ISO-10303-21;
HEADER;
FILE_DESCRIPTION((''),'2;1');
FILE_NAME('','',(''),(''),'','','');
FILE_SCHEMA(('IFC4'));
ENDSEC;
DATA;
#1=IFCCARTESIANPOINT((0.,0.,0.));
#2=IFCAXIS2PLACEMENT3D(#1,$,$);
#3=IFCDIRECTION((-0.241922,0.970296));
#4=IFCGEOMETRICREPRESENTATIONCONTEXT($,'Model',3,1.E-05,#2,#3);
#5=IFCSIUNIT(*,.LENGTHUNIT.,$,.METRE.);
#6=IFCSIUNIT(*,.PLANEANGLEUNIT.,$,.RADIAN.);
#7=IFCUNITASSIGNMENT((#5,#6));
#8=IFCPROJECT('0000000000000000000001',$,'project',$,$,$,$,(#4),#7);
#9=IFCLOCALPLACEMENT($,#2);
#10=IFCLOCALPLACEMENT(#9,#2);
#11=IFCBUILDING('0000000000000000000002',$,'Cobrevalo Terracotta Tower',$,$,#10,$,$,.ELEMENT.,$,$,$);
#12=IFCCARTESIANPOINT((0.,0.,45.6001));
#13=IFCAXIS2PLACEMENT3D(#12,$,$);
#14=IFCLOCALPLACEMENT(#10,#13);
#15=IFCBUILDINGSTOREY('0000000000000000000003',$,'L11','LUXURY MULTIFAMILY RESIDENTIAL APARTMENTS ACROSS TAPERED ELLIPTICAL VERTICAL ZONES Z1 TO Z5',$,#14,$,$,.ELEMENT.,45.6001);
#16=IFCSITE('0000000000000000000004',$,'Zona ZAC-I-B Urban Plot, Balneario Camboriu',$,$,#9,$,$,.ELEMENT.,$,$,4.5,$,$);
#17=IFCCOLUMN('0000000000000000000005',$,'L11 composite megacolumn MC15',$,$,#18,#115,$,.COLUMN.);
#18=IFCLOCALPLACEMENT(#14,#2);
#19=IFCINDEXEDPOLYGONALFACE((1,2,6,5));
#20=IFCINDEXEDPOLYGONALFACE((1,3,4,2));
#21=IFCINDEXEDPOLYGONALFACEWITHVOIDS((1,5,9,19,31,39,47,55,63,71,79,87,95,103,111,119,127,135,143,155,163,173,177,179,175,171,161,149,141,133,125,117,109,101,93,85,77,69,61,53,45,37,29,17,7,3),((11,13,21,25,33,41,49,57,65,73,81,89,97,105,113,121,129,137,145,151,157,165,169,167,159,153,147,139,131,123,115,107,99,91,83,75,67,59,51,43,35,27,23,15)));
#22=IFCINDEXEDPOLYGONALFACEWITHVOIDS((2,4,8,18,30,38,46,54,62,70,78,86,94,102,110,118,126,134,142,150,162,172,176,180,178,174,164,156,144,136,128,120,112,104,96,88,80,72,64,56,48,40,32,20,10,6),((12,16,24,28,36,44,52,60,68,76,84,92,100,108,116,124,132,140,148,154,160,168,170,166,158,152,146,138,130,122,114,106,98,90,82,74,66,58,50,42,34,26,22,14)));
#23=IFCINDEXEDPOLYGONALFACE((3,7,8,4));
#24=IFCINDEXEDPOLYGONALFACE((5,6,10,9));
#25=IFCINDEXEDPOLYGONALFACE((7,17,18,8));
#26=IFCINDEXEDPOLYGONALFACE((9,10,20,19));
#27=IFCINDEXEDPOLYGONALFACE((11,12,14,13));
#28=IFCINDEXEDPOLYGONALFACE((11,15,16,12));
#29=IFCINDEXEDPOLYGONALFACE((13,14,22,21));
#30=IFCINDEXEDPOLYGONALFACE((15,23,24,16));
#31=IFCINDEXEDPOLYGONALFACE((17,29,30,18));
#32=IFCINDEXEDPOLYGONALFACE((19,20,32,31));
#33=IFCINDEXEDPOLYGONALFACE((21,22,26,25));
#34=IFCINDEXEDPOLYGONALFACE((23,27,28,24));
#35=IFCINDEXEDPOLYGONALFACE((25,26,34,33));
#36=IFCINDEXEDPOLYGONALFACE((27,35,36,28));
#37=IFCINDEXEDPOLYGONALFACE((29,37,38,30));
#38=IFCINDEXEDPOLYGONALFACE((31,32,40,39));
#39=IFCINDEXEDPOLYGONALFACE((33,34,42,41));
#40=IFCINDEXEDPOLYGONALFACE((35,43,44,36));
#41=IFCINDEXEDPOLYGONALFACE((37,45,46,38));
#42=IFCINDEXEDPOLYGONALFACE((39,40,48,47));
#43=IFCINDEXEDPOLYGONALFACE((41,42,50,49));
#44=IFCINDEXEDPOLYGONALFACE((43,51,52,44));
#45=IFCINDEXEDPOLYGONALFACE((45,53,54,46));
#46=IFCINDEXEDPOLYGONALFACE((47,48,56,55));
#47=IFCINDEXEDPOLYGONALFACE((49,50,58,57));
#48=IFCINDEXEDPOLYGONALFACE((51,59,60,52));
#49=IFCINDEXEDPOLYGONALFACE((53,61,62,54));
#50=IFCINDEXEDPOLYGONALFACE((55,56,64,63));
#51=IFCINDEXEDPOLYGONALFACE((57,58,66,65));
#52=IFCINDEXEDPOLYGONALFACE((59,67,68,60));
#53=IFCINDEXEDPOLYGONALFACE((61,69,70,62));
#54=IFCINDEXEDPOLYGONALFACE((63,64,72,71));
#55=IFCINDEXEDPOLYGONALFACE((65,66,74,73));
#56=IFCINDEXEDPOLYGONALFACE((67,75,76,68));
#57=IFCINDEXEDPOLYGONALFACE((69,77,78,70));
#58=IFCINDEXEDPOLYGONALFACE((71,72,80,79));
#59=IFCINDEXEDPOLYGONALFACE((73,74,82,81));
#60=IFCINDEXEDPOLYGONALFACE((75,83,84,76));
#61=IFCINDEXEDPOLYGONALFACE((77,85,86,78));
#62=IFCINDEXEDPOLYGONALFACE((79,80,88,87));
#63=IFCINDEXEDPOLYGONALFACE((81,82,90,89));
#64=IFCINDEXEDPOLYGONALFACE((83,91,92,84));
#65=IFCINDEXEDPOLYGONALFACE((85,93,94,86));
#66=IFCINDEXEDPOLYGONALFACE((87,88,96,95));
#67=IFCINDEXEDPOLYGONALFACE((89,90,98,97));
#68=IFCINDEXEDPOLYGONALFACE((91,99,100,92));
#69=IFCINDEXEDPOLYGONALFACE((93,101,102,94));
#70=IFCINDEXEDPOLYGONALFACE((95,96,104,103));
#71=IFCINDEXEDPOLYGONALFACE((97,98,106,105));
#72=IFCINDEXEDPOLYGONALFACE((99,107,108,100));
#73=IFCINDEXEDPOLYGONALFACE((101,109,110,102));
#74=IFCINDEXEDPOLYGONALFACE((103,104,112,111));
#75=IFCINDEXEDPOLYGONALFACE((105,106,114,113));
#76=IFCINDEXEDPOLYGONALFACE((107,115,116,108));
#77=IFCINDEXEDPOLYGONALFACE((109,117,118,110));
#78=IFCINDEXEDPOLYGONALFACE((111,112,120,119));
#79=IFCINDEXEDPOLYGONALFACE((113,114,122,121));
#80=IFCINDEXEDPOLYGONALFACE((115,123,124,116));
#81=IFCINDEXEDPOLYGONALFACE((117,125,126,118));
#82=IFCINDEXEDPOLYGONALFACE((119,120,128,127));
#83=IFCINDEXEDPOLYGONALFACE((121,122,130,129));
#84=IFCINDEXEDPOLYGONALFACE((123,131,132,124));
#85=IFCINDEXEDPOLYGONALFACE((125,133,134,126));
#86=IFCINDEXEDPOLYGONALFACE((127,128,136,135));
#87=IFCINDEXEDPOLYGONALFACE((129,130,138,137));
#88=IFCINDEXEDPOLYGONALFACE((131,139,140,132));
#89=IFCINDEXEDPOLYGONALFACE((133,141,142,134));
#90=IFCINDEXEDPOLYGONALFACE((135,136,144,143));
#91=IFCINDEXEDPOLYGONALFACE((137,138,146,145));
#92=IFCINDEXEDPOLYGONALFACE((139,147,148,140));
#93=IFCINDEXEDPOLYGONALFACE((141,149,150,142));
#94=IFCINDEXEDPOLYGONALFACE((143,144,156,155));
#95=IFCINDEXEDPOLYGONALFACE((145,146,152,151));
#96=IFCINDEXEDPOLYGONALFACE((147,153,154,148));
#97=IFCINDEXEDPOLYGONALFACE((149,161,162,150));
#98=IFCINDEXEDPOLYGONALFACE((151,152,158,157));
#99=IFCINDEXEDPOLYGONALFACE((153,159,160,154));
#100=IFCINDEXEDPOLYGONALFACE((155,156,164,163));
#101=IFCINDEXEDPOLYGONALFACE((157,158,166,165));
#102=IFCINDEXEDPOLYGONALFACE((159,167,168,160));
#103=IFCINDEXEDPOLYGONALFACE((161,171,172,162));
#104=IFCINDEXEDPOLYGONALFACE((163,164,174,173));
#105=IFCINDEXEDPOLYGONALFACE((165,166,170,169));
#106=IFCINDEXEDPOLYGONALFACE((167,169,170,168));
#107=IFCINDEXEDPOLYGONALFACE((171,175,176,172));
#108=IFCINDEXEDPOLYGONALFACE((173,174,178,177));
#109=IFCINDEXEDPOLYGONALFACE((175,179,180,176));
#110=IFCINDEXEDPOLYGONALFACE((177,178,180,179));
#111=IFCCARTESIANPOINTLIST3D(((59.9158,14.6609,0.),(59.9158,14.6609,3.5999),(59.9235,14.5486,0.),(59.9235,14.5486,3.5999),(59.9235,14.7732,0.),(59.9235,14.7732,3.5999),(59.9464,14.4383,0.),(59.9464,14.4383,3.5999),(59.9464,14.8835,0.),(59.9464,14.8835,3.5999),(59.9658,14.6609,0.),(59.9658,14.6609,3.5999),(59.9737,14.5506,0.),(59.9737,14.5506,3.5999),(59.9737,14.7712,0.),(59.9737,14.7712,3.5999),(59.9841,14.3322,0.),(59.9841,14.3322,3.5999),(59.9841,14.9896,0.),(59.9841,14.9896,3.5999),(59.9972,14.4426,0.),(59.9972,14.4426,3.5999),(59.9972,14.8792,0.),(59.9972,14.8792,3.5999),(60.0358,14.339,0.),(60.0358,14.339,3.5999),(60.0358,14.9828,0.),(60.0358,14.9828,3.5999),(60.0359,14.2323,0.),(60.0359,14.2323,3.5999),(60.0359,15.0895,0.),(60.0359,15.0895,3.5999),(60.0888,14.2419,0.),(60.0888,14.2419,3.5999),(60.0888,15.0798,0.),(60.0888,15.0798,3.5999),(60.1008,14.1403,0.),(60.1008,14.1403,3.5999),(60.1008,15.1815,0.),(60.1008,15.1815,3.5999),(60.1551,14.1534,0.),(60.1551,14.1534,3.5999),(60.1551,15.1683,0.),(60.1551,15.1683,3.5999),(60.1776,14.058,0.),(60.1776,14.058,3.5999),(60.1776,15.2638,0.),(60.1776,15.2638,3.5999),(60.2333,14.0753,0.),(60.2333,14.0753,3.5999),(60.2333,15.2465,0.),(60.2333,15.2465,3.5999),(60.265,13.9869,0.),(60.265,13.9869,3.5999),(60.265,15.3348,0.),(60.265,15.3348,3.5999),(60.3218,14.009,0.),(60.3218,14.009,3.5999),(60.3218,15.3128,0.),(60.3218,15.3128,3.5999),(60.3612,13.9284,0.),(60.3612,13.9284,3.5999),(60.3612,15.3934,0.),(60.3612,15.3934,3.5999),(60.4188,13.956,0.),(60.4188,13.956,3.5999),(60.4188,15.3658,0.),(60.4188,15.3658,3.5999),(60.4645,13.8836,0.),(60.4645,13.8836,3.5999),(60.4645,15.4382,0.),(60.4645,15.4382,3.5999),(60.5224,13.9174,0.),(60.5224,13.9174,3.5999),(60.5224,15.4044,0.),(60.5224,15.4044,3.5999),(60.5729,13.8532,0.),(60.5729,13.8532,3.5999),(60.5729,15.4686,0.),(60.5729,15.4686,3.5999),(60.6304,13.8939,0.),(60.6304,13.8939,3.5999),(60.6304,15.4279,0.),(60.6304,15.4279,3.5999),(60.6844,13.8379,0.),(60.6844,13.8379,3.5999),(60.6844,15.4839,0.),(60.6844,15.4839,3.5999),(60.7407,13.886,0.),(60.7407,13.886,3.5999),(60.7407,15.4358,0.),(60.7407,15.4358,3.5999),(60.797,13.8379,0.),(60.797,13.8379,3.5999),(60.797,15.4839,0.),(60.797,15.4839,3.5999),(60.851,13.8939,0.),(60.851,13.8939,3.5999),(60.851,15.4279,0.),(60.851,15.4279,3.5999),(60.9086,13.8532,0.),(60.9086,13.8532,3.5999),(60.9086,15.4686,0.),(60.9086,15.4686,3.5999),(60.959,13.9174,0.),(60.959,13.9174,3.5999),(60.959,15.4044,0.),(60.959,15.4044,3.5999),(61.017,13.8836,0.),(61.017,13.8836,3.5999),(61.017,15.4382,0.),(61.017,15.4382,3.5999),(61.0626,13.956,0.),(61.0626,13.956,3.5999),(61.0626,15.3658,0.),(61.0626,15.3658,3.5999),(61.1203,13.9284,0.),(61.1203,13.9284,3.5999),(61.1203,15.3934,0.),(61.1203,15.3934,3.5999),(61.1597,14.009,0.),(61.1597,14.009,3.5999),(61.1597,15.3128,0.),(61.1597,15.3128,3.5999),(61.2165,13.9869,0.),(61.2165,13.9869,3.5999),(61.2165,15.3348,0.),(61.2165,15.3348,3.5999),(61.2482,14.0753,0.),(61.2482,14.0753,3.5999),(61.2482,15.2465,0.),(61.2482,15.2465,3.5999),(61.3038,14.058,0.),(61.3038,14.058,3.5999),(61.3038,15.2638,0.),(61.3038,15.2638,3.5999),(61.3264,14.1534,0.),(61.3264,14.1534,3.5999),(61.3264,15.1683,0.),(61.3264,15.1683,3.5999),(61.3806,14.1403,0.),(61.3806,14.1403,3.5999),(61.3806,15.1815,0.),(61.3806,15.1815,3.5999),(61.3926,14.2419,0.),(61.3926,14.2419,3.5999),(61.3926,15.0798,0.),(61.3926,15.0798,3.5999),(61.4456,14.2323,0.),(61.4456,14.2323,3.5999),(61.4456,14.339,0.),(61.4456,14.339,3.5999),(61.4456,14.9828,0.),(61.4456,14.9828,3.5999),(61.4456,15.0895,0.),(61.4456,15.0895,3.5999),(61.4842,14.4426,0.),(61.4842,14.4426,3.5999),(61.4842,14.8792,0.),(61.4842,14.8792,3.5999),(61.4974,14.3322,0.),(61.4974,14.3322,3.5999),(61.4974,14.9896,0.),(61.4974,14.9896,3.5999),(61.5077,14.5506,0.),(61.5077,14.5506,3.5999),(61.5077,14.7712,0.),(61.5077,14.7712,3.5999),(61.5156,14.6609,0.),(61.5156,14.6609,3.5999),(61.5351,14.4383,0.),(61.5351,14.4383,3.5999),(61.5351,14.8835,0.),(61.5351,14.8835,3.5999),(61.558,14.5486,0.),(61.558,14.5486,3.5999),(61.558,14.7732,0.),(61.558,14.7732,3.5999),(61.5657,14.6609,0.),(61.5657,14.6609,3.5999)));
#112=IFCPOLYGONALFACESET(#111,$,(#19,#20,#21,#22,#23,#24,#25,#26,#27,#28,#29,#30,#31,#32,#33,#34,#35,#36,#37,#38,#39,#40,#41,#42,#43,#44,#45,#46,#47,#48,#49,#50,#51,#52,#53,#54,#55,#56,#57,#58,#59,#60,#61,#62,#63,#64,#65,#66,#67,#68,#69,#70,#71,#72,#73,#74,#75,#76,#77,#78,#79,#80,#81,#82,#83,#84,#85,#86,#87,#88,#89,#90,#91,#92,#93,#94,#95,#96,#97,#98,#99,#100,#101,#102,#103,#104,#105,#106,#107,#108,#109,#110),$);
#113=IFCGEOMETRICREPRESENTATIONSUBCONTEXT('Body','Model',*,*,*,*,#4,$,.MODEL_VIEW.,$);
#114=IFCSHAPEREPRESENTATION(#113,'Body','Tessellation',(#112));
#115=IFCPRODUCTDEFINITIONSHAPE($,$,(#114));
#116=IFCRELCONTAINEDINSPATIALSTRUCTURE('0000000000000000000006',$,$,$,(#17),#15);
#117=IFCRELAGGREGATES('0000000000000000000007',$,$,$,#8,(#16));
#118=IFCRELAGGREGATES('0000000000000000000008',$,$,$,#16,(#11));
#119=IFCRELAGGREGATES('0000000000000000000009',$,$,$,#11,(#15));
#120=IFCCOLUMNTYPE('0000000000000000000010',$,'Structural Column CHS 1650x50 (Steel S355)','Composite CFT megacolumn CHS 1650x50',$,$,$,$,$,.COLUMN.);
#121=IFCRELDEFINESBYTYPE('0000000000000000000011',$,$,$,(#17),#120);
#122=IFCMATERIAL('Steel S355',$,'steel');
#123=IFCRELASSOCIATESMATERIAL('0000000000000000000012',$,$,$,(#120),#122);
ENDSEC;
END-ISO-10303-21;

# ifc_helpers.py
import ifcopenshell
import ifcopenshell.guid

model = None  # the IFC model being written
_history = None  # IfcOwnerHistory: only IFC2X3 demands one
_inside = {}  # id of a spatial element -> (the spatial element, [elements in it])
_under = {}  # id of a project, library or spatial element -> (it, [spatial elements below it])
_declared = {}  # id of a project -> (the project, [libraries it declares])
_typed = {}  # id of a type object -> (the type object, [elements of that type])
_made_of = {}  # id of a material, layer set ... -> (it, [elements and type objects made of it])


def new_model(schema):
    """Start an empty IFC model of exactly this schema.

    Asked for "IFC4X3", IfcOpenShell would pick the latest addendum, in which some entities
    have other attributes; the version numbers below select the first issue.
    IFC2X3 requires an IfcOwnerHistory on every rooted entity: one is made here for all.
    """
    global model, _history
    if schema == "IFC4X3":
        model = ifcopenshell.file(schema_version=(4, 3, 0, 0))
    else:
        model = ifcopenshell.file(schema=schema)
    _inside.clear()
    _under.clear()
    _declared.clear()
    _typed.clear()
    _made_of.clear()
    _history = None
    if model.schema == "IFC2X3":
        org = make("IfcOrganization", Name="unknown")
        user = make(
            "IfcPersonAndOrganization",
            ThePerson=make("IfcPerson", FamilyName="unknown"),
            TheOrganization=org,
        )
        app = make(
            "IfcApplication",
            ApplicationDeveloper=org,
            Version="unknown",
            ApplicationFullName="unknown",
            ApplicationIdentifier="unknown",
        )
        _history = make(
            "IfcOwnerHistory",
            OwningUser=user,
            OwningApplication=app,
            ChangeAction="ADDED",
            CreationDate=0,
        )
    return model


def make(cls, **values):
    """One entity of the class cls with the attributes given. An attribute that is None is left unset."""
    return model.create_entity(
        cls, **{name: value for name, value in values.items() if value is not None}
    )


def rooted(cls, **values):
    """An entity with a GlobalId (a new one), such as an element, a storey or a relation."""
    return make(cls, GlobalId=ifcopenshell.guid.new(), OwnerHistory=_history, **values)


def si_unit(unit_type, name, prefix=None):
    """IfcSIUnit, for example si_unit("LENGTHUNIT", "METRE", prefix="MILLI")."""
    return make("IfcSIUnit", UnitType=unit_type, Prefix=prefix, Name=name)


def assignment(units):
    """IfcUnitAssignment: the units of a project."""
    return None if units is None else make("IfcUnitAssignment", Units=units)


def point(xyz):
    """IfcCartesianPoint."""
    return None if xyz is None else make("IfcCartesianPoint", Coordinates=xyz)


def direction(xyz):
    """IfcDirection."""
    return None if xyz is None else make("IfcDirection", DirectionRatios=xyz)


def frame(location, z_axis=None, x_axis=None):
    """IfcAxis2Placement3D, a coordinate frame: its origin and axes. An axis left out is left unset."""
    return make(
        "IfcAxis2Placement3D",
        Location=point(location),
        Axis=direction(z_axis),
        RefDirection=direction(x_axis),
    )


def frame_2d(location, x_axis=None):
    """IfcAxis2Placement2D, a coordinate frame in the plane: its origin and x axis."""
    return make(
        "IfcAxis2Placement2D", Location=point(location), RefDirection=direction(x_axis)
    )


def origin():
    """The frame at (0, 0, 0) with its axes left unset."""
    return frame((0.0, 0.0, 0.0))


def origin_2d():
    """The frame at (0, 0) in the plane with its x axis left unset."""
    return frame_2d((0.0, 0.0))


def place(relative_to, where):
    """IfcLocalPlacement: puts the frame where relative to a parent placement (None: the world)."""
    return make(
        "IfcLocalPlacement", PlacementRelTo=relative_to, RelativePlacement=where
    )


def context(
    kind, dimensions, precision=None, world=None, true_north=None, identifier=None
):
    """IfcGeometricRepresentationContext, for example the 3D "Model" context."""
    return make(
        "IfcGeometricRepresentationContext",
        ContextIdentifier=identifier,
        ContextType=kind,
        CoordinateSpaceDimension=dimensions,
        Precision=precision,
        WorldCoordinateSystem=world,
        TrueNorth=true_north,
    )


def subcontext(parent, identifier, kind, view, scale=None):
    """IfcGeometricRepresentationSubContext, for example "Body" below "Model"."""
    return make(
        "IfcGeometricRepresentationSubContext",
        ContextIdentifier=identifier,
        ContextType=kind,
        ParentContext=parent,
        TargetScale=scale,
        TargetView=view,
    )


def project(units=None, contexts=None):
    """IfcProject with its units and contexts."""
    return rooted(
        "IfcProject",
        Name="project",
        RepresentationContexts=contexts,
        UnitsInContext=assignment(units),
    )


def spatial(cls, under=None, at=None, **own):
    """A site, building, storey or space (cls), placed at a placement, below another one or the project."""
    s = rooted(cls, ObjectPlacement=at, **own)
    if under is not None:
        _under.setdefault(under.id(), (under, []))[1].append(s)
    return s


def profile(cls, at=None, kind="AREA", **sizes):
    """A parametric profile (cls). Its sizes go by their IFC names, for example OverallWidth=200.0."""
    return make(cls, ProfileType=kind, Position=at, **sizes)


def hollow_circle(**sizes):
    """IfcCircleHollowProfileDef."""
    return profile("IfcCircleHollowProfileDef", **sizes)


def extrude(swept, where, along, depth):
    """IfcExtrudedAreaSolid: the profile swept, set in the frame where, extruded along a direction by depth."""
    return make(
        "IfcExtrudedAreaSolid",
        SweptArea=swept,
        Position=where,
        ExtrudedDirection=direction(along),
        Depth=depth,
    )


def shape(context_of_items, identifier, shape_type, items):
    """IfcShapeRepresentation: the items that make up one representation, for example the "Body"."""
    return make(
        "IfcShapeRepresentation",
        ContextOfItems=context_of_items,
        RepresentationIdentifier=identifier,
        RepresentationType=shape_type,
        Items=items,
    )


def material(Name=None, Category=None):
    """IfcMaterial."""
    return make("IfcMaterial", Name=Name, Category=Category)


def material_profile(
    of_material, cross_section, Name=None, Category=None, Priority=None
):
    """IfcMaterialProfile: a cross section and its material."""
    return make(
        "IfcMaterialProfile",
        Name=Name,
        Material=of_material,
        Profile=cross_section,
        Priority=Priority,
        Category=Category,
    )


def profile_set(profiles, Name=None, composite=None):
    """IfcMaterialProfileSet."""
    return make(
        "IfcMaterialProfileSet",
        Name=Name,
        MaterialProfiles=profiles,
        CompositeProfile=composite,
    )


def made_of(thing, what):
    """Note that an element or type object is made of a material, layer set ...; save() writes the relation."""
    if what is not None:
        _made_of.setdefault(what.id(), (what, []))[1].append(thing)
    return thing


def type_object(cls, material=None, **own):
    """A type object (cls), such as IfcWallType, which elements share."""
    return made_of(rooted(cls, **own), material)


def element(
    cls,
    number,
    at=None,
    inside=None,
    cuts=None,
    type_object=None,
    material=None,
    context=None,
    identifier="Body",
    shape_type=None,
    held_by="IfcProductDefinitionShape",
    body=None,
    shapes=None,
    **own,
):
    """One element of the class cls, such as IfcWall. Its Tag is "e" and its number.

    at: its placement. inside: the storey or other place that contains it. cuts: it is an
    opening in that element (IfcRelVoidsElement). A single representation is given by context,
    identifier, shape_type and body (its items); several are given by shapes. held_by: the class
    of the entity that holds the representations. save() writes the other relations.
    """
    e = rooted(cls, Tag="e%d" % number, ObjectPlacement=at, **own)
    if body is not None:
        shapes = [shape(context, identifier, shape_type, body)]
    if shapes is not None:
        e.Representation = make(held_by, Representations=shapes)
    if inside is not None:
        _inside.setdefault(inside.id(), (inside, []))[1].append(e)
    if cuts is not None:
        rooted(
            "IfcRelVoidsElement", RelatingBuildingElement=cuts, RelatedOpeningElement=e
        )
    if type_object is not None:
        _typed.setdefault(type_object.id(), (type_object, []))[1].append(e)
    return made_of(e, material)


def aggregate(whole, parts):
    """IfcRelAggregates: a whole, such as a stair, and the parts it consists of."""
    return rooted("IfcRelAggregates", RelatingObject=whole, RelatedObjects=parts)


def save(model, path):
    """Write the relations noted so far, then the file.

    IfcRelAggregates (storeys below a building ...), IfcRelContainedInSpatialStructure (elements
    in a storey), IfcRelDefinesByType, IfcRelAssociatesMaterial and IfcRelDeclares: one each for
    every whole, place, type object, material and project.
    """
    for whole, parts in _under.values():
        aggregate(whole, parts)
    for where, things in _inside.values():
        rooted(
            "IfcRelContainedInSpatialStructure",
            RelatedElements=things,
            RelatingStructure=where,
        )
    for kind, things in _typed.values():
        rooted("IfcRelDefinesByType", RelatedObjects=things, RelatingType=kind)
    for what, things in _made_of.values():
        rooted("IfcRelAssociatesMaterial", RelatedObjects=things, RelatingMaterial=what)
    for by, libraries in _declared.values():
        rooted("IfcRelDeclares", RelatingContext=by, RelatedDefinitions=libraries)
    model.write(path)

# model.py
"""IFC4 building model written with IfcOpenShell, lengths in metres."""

from ifc_helpers import new_model, si_unit, direction, frame, origin, origin_2d, place, context, subcontext, project, spatial, hollow_circle, extrude, material, material_profile, profile_set, type_object, element, save


model = new_model("IFC4")

# Units and contexts
model_context = context("Model", 3, precision=1e-05, world=origin(), true_north=direction((-0.241922, 0.970296)))
body_context = subcontext(model_context, "Body", "Model", "MODEL_VIEW")
ifc_project = project(units=[si_unit("LENGTHUNIT", "METRE"), si_unit("PLANEANGLEUNIT", "RADIAN")], contexts=[model_context])

# Site, building, storey
site_placement = place(None, origin())
site = spatial("IfcSite", under=ifc_project, at=site_placement, Name="Zona ZAC-I-B Urban Plot, Balneario Camboriu", CompositionType="ELEMENT", RefElevation=4.5)
building_placement = place(site_placement, origin())
building = spatial("IfcBuilding", under=site, at=building_placement, Name="Cobrevalo Terracotta Tower", CompositionType="ELEMENT")
storey_placement = place(building_placement, frame((0.0, 0.0, 45.6001)))
storey = spatial("IfcBuildingStorey", under=building, at=storey_placement, Name="L11", Description="LUXURY MULTIFAMILY RESIDENTIAL APARTMENTS ACROSS TAPERED ELLIPTICAL VERTICAL ZONES Z1 TO Z5", CompositionType="ELEMENT", Elevation=45.6001)

# Column
ifc_material_1 = material(Name="Steel S355", Category="steel")
ifc_material_profile_1 = material_profile(ifc_material_1, hollow_circle(Radius=0.825, WallThickness=0.05, at=origin_2d()), Name="CHS 1650x50")
ifc_profile_set_1 = profile_set([ifc_material_profile_1], Name="Steel S355")
column_type = type_object("IfcColumnType", Name="Structural Column CHS 1650x50 (Steel S355)", Description="Composite CFT megacolumn CHS 1650x50", PredefinedType="COLUMN", material=ifc_profile_set_1)
for number, where, z_axis, x_axis, name in (
    (1, (60.7407, 14.6609, 0.0), (0.0, 0.0, 1.0), (1.0, 0.0, 0.0), "L11 composite megacolumn MC15"),
):
    element("IfcColumn", number, at=place(storey_placement, frame(where, z_axis=z_axis, x_axis=x_axis)), inside=storey, type_object=column_type, Name=name, PredefinedType="COLUMN", context=body_context, shape_type="SweptSolid", body=[
        extrude(hollow_circle(Radius=0.825, WallThickness=0.05, at=origin_2d()), origin(), (0.0, 0.0, 1.0), 3.5999),
    ])

save(model, "model.ifc")
